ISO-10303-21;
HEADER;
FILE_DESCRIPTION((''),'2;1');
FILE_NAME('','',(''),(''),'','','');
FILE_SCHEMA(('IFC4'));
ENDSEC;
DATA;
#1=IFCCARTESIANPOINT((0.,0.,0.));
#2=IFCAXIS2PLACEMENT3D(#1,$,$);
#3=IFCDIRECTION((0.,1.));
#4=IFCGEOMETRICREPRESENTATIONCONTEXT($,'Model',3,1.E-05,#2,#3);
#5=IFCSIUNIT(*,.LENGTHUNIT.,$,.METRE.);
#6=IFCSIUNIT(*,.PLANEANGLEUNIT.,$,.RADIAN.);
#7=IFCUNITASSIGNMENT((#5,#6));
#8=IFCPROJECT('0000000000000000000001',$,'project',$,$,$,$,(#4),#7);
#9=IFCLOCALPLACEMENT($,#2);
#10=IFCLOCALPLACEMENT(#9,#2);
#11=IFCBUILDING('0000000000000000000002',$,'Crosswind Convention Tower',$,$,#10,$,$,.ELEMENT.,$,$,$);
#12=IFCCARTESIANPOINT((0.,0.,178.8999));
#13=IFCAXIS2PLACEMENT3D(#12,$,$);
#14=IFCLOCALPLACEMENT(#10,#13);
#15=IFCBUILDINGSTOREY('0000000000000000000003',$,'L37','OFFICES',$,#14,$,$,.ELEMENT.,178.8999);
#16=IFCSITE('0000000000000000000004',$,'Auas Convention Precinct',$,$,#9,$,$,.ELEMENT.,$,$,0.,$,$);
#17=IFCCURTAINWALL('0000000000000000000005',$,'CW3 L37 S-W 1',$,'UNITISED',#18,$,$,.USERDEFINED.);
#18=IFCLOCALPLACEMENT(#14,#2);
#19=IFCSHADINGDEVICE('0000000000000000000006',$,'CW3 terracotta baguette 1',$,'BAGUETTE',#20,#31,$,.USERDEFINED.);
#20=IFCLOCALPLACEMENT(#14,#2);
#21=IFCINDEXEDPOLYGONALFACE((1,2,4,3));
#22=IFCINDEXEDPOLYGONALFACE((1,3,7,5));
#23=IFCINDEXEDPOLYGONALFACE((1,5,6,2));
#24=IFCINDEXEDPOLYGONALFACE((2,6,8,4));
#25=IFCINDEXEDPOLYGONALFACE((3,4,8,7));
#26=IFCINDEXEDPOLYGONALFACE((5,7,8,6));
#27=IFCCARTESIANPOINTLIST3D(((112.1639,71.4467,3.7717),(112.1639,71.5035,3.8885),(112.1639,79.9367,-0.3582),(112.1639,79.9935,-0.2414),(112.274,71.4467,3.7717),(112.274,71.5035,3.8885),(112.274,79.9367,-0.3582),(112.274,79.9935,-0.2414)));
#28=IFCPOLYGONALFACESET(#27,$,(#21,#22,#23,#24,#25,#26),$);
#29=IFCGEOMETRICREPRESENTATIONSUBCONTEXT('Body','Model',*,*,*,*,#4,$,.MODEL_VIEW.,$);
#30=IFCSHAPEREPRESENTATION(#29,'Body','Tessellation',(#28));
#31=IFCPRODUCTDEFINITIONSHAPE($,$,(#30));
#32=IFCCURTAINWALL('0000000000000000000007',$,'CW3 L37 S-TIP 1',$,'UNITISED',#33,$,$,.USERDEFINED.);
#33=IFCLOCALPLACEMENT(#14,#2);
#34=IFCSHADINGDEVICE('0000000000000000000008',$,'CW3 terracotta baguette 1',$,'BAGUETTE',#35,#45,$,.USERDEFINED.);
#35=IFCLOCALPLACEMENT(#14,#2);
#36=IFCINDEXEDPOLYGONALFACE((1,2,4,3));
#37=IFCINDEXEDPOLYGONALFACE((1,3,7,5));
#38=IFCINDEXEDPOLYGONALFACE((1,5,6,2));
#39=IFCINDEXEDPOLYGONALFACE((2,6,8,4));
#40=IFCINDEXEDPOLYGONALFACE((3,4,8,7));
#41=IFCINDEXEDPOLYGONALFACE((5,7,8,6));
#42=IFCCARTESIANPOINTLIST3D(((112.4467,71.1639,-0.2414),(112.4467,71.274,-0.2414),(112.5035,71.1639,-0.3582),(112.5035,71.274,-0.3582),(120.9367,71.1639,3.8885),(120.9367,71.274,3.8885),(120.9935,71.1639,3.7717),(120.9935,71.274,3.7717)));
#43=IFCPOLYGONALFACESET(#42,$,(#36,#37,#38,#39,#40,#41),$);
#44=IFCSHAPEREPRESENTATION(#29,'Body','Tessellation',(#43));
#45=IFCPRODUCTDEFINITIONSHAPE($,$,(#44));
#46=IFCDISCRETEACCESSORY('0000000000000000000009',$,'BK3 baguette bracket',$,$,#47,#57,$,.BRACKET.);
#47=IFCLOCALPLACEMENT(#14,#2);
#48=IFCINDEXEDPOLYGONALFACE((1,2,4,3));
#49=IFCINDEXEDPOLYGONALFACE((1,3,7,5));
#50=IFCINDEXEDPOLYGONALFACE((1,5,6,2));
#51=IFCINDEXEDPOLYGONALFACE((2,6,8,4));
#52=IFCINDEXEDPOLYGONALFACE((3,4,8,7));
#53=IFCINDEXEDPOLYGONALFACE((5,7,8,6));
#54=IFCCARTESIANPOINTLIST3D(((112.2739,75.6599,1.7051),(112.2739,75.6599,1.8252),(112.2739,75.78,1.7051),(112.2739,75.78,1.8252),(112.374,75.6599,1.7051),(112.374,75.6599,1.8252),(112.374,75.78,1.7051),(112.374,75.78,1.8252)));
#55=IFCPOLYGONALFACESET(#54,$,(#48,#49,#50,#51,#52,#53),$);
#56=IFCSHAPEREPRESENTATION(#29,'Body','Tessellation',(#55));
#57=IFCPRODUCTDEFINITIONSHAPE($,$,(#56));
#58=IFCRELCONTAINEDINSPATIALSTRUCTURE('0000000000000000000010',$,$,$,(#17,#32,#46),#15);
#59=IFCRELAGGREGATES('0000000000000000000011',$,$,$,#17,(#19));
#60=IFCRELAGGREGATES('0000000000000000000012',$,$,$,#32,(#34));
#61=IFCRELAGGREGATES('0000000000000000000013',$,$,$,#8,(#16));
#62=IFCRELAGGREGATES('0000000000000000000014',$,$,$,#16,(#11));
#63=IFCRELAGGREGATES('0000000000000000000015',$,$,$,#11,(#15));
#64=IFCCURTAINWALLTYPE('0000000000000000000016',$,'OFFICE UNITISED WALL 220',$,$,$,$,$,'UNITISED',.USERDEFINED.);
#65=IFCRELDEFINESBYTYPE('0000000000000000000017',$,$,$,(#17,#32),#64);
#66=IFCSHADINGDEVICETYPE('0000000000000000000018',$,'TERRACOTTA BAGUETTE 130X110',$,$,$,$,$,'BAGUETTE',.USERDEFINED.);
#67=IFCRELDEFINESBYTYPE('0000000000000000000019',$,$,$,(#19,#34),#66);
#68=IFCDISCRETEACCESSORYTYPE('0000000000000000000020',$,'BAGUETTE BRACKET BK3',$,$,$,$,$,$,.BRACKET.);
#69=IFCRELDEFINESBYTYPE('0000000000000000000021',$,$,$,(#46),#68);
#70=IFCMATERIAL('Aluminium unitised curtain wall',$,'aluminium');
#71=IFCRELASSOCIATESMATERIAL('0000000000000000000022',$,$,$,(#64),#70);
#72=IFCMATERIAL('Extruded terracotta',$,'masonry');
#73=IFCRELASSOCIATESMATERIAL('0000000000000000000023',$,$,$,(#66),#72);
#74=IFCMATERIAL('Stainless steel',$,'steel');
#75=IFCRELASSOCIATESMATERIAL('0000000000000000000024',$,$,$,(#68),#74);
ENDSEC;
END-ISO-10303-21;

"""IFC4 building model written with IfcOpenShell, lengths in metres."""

from ifc_helpers import new_model, si_unit, direction, frame, origin, origin_2d, place, context, subcontext, project, spatial, rectangle, extrude, material, material_profile, profile_set, type_object, element, aggregate, save


model = new_model("IFC4")

# Units and contexts
model_context = context("Model", 3, precision=1e-05, world=origin(), true_north=direction((0.0, 1.0)))
body_context = subcontext(model_context, "Body", "Model", "MODEL_VIEW")
ifc_project = project(units=[si_unit("LENGTHUNIT", "METRE"), si_unit("PLANEANGLEUNIT", "RADIAN")], contexts=[model_context])

# Site, building, storey
site_placement = place(None, origin())
site = spatial("IfcSite", under=ifc_project, at=site_placement, Name="Auas Convention Precinct", CompositionType="ELEMENT", RefElevation=0.0)
building_placement = place(site_placement, origin())
building = spatial("IfcBuilding", under=site, at=building_placement, Name="Crosswind Convention Tower", CompositionType="ELEMENT")
storey_placement = place(building_placement, frame((0.0, 0.0, 178.8999)))
storey = spatial("IfcBuildingStorey", under=building, at=storey_placement, Name="L37", Description="OFFICES", CompositionType="ELEMENT", Elevation=178.8999)

# Curtain wall
ifc_material_1 = material(Name="Aluminium unitised curtain wall", Category="aluminium")
curtain_wall_type_1 = type_object("IfcCurtainWallType", Name="OFFICE UNITISED WALL 220", ElementType="UNITISED", PredefinedType="USERDEFINED", material=ifc_material_1)
curtain_wall_1_placement = place(storey_placement, origin())
curtain_wall_1 = element("IfcCurtainWall", 1, at=curtain_wall_1_placement, inside=storey, type_object=curtain_wall_type_1, Name="CW3 L37 S-W 1", ObjectType="UNITISED", PredefinedType="USERDEFINED")

# Shared definitions
ifc_material_2 = material(Name="Stainless steel", Category="steel")

# Shading device
ifc_material_3 = material(Name="Extruded terracotta", Category="masonry")
ifc_material_profile_1 = material_profile(ifc_material_3, rectangle(XDim=0.1101, YDim=0.1299, at=origin_2d()), Name="TC 110X130")
ifc_profile_set_1 = profile_set([ifc_material_profile_1], Name="Extruded terracotta")
shading_device_type = type_object("IfcShadingDeviceType", Name="TERRACOTTA BAGUETTE 130X110", ElementType="BAGUETTE", PredefinedType="USERDEFINED", material=ifc_profile_set_1)
shading_device_1_placement = place(storey_placement, frame((112.219, 79.9651, -0.2998), z_axis=(0.0, -0.899251, 0.437433), x_axis=(1.0, 0.0, 0.0)))
shading_device_1 = element("IfcShadingDevice", 2, at=shading_device_1_placement, type_object=shading_device_type, Name="CW3 terracotta baguette 1", ObjectType="BAGUETTE", PredefinedType="USERDEFINED", context=body_context, shape_type="SweptSolid", body=[
    extrude(rectangle(XDim=0.1101, YDim=0.1299, at=origin_2d()), origin(), (0.0, 0.0, 1.0), 9.4412),
])
aggregate(curtain_wall_1, [shading_device_1])

# Curtain wall, shading device
curtain_wall_2_placement = place(storey_placement, origin())
curtain_wall_2 = element("IfcCurtainWall", 3, at=curtain_wall_2_placement, inside=storey, type_object=curtain_wall_type_1, Name="CW3 L37 S-TIP 1", ObjectType="UNITISED", PredefinedType="USERDEFINED")
shading_device_2_placement = place(storey_placement, frame((112.4751, 71.219, -0.2998), z_axis=(0.899251, 0.0, 0.437433), x_axis=(0.0, 1.0, 0.0)))
shading_device_2 = element("IfcShadingDevice", 4, at=shading_device_2_placement, type_object=shading_device_type, Name="CW3 terracotta baguette 1", ObjectType="BAGUETTE", PredefinedType="USERDEFINED", context=body_context, shape_type="SweptSolid", body=[
    extrude(rectangle(XDim=0.1101, YDim=0.1299, at=origin_2d()), origin(), (0.0, 0.0, 1.0), 9.4412),
])
aggregate(curtain_wall_2, [shading_device_2])

# Discrete accessory
discrete_accessory_type = type_object("IfcDiscreteAccessoryType", Name="BAGUETTE BRACKET BK3", PredefinedType="BRACKET", material=ifc_material_2)
discrete_accessory_placement = place(storey_placement, frame((112.324, 75.72, 1.7051), z_axis=(0.0, 0.0, 1.0), x_axis=(0.0, -1.0, 0.0)))
element("IfcDiscreteAccessory", 5, at=discrete_accessory_placement, inside=storey, type_object=discrete_accessory_type, Name="BK3 baguette bracket", PredefinedType="BRACKET", context=body_context, shape_type="SweptSolid", body=[
    extrude(rectangle(XDim=0.1201, YDim=0.1001, at=origin_2d()), origin(), (0.0, 0.0, 1.0), 0.1201),
])

save(model, "model.ifc")
